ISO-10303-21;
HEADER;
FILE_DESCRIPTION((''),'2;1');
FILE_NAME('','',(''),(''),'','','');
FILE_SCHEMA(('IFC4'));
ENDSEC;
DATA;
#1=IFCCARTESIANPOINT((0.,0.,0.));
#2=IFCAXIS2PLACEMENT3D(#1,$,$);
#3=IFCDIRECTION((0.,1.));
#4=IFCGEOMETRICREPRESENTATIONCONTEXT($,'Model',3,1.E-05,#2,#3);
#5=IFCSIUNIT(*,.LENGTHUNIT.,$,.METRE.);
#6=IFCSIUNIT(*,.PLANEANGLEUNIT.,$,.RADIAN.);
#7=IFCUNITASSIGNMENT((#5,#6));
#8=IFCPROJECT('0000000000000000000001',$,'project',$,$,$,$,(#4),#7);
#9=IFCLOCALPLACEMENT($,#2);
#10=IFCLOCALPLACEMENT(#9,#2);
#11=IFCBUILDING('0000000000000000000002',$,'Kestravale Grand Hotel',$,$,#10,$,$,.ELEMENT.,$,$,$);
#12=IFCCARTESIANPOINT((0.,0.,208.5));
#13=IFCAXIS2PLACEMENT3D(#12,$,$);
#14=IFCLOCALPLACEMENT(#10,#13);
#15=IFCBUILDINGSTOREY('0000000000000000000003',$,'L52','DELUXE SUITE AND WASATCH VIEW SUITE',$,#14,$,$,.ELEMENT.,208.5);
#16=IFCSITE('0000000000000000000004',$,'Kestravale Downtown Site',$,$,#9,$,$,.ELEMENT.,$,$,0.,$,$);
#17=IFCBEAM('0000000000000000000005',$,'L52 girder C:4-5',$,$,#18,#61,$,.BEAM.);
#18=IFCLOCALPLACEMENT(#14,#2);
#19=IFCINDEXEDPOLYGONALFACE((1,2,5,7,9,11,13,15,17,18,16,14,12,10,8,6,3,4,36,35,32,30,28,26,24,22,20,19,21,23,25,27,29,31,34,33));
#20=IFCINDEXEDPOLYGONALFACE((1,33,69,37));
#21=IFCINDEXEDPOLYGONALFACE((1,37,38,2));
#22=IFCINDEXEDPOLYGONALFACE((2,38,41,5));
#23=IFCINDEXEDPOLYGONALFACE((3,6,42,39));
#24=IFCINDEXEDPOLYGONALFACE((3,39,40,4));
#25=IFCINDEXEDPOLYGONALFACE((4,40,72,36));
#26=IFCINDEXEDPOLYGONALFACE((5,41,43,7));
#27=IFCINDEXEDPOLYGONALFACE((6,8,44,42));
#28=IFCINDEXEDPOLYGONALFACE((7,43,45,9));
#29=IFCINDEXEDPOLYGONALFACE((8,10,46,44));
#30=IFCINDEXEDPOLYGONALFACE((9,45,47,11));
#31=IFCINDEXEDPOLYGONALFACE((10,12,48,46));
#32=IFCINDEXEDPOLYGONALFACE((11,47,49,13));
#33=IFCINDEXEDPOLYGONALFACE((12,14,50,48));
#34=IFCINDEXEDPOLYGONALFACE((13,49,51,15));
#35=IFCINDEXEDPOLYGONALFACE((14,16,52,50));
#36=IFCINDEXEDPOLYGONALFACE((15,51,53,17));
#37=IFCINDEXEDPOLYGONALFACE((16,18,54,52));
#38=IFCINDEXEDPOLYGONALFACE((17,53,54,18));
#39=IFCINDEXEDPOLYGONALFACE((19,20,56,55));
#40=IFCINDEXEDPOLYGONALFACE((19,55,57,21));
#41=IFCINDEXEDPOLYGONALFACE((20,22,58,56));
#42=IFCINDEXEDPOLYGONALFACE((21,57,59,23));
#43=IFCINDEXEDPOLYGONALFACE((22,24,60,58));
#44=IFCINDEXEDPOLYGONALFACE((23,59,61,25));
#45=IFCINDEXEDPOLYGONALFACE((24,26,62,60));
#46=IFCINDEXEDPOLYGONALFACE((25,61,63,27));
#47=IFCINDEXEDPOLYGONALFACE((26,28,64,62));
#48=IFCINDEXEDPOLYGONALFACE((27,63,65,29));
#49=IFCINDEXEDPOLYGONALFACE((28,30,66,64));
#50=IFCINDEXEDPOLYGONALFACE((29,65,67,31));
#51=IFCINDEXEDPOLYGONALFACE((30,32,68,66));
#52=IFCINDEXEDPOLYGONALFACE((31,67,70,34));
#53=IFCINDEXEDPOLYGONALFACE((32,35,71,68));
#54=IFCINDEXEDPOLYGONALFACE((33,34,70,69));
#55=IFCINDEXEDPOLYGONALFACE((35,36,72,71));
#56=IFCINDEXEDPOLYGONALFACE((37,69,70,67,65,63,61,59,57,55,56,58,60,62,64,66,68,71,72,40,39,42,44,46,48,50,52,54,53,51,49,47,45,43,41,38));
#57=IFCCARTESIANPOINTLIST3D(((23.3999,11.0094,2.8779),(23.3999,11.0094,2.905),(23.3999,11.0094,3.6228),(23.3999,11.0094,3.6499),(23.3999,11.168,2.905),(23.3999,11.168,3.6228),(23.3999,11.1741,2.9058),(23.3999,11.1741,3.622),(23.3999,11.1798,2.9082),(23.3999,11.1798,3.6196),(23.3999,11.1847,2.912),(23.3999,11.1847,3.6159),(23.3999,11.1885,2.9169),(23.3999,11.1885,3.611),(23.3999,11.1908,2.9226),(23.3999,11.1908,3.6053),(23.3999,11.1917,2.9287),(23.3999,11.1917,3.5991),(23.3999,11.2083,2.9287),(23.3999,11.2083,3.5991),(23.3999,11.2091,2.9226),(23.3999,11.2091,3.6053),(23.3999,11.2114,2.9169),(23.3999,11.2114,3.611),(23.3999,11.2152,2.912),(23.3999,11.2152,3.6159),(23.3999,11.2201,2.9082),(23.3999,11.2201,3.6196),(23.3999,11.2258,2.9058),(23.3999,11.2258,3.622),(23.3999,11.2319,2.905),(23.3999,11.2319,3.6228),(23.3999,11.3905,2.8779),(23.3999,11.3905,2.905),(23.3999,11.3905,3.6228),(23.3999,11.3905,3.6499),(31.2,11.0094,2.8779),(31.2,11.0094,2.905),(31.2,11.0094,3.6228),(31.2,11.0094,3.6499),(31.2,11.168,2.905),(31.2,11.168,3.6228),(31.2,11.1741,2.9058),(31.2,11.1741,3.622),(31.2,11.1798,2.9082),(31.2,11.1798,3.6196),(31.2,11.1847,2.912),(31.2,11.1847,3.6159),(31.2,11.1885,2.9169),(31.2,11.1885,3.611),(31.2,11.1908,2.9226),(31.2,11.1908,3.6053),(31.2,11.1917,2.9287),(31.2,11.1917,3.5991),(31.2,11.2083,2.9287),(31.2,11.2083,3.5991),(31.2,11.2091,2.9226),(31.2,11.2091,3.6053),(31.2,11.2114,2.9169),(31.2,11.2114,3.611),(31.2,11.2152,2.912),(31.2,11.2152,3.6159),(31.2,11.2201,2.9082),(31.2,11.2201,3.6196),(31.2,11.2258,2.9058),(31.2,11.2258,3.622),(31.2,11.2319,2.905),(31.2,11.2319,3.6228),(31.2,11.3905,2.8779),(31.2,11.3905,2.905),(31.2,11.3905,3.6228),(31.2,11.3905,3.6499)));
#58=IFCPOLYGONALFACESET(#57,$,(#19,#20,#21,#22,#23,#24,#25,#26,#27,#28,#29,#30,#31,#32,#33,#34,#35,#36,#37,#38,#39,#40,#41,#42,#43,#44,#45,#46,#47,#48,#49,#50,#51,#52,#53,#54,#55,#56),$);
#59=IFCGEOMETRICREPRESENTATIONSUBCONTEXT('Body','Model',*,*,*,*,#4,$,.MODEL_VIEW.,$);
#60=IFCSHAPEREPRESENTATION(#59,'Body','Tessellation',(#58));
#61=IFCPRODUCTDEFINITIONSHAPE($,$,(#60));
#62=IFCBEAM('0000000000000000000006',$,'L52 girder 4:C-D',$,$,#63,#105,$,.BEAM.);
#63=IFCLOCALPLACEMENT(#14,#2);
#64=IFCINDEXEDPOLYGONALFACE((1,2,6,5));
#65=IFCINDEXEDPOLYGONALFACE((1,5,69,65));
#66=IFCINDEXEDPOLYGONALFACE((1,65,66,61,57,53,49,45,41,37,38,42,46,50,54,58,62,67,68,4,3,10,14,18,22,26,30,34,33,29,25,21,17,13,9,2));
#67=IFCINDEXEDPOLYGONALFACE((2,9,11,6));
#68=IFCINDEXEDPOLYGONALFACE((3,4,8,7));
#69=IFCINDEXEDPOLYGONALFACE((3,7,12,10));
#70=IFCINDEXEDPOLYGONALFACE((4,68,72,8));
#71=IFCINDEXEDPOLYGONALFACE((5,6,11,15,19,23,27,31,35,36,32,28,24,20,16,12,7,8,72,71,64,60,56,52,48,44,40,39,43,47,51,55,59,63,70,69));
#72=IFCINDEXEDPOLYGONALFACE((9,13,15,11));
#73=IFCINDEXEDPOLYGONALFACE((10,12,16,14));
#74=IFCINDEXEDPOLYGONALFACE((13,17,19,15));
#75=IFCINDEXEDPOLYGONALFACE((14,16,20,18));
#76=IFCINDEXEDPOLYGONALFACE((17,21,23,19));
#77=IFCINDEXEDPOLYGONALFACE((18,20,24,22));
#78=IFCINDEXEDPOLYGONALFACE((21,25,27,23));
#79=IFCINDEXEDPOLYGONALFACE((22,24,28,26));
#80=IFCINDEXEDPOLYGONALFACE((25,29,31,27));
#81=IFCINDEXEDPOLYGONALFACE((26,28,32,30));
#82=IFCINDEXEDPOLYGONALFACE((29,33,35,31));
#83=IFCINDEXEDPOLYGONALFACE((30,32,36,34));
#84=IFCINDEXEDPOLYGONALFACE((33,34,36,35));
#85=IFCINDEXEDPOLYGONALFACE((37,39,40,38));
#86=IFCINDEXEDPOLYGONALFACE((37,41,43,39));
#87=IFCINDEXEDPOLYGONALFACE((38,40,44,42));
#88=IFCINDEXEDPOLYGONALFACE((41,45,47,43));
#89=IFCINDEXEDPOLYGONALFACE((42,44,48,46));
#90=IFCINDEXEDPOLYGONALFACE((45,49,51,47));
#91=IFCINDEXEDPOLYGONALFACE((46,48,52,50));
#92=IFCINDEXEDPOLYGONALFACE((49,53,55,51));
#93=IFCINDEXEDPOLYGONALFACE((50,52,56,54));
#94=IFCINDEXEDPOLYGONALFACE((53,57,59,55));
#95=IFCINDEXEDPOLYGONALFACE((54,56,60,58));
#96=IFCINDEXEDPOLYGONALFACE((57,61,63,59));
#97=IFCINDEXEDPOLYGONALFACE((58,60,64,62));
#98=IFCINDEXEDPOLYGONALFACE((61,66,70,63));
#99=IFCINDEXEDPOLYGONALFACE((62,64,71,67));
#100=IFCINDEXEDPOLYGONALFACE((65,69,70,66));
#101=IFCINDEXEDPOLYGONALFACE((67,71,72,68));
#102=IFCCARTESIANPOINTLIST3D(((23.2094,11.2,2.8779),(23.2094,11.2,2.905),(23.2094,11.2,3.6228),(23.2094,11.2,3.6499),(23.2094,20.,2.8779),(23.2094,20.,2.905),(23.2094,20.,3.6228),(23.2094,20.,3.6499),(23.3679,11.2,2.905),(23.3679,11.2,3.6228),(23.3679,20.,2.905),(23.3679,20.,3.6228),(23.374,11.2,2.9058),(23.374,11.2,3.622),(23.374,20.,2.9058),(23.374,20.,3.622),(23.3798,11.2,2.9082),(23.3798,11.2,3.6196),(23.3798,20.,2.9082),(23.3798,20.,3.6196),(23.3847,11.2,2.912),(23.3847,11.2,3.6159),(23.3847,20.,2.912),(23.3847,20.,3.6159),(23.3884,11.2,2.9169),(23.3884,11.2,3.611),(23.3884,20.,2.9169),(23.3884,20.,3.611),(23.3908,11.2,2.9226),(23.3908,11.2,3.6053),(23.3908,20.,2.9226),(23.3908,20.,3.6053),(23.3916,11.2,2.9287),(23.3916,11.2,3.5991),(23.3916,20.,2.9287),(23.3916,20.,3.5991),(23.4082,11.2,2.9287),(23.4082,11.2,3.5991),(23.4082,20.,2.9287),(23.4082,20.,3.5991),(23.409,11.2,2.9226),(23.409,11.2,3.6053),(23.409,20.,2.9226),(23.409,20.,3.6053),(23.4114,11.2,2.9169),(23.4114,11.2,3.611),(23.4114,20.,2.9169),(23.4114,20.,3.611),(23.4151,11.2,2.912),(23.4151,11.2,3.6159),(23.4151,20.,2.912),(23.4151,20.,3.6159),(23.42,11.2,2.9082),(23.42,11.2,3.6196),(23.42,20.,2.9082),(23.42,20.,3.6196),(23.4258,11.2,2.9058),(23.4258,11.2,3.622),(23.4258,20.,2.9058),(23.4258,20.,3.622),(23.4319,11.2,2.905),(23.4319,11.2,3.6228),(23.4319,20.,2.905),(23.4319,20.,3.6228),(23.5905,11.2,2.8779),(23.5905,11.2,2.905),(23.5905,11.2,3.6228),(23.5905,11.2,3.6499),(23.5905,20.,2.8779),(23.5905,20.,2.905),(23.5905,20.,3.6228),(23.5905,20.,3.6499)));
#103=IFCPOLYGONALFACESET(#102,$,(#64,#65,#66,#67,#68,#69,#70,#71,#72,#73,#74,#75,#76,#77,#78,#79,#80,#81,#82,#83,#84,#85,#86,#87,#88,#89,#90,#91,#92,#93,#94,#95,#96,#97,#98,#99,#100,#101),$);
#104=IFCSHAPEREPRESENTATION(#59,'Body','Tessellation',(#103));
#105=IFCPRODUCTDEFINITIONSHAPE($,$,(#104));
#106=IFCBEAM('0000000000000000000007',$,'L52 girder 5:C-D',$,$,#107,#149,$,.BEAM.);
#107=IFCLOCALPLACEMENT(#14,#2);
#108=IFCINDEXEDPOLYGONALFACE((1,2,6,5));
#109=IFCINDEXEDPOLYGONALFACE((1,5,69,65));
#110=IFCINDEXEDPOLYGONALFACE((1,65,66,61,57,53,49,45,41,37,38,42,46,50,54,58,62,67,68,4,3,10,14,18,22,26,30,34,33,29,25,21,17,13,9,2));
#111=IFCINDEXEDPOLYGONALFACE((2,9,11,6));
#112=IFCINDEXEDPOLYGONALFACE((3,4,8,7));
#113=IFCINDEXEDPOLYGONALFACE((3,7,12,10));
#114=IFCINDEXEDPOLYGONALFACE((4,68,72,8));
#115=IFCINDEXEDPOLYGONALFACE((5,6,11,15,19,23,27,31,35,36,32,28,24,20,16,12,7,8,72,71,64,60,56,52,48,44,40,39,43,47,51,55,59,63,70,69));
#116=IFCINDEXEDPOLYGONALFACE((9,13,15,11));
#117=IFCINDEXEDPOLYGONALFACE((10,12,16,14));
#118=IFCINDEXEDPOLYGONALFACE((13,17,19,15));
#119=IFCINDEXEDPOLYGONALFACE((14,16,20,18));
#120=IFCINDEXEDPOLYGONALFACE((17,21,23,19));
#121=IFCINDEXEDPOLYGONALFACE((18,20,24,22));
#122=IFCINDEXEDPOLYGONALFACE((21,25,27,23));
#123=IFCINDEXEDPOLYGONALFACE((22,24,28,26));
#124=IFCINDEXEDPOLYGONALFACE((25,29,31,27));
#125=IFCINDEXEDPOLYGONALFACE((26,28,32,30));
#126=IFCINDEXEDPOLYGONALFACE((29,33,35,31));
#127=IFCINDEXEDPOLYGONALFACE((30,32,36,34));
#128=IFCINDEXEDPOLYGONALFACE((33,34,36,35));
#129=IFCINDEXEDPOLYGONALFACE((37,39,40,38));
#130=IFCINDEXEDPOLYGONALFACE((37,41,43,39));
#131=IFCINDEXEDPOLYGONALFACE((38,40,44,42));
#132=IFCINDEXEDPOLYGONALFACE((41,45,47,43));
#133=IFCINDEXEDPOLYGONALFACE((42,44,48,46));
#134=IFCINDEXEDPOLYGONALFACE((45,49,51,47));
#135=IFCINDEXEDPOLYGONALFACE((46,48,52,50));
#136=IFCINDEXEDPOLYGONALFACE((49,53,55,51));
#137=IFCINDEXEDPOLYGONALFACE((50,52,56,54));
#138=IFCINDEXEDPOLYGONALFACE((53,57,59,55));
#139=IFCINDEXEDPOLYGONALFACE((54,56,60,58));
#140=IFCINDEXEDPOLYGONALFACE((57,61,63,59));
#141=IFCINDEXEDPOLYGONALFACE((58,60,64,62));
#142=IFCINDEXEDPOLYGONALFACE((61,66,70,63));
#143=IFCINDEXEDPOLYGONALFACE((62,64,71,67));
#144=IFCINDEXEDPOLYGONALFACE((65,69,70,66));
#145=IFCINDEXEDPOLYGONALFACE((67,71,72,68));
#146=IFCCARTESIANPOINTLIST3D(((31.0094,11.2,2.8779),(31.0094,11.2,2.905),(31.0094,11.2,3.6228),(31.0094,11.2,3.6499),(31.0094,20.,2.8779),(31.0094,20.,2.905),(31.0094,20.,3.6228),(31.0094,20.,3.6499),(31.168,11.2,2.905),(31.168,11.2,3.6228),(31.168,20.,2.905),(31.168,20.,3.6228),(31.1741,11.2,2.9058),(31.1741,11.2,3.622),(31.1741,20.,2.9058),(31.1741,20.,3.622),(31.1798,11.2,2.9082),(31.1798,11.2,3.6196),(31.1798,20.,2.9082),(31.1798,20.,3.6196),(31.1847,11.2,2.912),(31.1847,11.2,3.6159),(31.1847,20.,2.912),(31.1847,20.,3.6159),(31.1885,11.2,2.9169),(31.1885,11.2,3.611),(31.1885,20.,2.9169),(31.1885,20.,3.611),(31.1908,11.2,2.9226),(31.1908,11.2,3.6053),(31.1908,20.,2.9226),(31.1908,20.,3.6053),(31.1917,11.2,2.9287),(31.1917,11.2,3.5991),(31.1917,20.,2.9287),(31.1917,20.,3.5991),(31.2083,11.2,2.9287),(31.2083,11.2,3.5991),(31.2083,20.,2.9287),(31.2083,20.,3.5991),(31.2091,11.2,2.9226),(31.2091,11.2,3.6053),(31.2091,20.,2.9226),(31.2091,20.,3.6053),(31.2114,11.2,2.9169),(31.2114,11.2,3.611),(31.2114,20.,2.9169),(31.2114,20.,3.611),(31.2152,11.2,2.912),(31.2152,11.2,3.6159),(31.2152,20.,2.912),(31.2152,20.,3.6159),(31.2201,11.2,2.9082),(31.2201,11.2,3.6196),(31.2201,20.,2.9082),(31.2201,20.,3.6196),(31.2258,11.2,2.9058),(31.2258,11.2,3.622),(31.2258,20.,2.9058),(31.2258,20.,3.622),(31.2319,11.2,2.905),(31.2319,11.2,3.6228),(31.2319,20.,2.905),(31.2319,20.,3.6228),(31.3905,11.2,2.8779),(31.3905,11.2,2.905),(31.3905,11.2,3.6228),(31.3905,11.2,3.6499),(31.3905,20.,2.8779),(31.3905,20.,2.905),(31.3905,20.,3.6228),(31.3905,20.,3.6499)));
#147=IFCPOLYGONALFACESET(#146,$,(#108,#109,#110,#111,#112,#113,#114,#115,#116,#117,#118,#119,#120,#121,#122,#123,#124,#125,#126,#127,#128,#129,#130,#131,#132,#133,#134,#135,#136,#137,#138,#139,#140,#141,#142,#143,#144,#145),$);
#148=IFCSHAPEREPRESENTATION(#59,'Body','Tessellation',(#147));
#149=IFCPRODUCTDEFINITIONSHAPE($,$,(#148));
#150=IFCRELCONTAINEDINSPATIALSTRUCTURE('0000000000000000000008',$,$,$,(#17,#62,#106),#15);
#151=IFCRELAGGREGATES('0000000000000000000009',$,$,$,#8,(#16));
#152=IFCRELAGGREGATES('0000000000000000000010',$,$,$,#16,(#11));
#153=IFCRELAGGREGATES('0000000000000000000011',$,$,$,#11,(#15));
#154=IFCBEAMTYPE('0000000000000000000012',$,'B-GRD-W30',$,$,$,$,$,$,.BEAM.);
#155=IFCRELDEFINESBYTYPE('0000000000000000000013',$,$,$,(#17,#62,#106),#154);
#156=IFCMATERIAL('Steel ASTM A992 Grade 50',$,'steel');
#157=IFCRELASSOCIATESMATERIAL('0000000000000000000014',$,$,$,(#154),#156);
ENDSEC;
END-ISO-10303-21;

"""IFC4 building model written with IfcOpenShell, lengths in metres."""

from ifc_helpers import new_model, si_unit, direction, frame, origin, origin_2d, place, context, subcontext, project, spatial, i_section, extrude, material, material_profile, profile_set, type_object, element, save


model = new_model("IFC4")

# Units and contexts
model_context = context("Model", 3, precision=1e-05, world=origin(), true_north=direction((0.0, 1.0)))
body_context = subcontext(model_context, "Body", "Model", "MODEL_VIEW")
ifc_project = project(units=[si_unit("LENGTHUNIT", "METRE"), si_unit("PLANEANGLEUNIT", "RADIAN")], contexts=[model_context])

# Site, building, storey
site_placement = place(None, origin())
site = spatial("IfcSite", under=ifc_project, at=site_placement, Name="Kestravale Downtown Site", CompositionType="ELEMENT", RefElevation=0.0)
building_placement = place(site_placement, origin())
building = spatial("IfcBuilding", under=site, at=building_placement, Name="Kestravale Grand Hotel", CompositionType="ELEMENT")
storey_placement = place(building_placement, frame((0.0, 0.0, 208.5)))
storey = spatial("IfcBuildingStorey", under=building, at=storey_placement, Name="L52", Description="DELUXE SUITE AND WASATCH VIEW SUITE", CompositionType="ELEMENT", Elevation=208.5)

# Beams
ifc_material_1 = material(Name="Steel ASTM A992 Grade 50", Category="steel")
ifc_material_profile_1 = material_profile(ifc_material_1, i_section(OverallWidth=0.3811, OverallDepth=0.772, WebThickness=0.0166, FlangeThickness=0.0271, FilletRadius=0.0237, at=origin_2d()))
ifc_profile_set_1 = profile_set([ifc_material_profile_1], Name="Steel ASTM A992 Grade 50")
beam_type_1 = type_object("IfcBeamType", Name="B-GRD-W30", PredefinedType="BEAM", material=ifc_profile_set_1)
beam_1_placement = place(storey_placement, frame((23.3999, 11.2, 3.2639), z_axis=(1.0, 0.0, 0.0), x_axis=(0.0, 1.0, 0.0)))
element("IfcBeam", 1, at=beam_1_placement, inside=storey, type_object=beam_type_1, Name="L52 girder C:4-5", PredefinedType="BEAM", context=body_context, shape_type="SweptSolid", body=[
    extrude(i_section(OverallWidth=0.3811, OverallDepth=0.772, WebThickness=0.0166, FlangeThickness=0.0271, FilletRadius=0.0237, at=origin_2d()), origin(), (0.0, 0.0, 1.0), 7.8),
])
for number, where, z_axis, x_axis, name in (
    (2, (23.3999, 11.2, 3.2639), (0.0, 1.0, 0.0), (-1.0, 0.0, 0.0), "L52 girder 4:C-D"),
    (3, (31.2, 11.2, 3.2639), (0.0, 1.0, 0.0), (-1.0, 0.0, 0.0), "L52 girder 5:C-D"),
):
    element("IfcBeam", number, at=place(storey_placement, frame(where, z_axis=z_axis, x_axis=x_axis)), inside=storey, type_object=beam_type_1, Name=name, PredefinedType="BEAM", context=body_context, shape_type="SweptSolid", body=[
        extrude(i_section(OverallWidth=0.3811, OverallDepth=0.772, WebThickness=0.0166, FlangeThickness=0.0271, FilletRadius=0.0237, at=origin_2d()), origin(), (0.0, 0.0, 1.0), 8.8),
    ])

save(model, "model.ifc")
